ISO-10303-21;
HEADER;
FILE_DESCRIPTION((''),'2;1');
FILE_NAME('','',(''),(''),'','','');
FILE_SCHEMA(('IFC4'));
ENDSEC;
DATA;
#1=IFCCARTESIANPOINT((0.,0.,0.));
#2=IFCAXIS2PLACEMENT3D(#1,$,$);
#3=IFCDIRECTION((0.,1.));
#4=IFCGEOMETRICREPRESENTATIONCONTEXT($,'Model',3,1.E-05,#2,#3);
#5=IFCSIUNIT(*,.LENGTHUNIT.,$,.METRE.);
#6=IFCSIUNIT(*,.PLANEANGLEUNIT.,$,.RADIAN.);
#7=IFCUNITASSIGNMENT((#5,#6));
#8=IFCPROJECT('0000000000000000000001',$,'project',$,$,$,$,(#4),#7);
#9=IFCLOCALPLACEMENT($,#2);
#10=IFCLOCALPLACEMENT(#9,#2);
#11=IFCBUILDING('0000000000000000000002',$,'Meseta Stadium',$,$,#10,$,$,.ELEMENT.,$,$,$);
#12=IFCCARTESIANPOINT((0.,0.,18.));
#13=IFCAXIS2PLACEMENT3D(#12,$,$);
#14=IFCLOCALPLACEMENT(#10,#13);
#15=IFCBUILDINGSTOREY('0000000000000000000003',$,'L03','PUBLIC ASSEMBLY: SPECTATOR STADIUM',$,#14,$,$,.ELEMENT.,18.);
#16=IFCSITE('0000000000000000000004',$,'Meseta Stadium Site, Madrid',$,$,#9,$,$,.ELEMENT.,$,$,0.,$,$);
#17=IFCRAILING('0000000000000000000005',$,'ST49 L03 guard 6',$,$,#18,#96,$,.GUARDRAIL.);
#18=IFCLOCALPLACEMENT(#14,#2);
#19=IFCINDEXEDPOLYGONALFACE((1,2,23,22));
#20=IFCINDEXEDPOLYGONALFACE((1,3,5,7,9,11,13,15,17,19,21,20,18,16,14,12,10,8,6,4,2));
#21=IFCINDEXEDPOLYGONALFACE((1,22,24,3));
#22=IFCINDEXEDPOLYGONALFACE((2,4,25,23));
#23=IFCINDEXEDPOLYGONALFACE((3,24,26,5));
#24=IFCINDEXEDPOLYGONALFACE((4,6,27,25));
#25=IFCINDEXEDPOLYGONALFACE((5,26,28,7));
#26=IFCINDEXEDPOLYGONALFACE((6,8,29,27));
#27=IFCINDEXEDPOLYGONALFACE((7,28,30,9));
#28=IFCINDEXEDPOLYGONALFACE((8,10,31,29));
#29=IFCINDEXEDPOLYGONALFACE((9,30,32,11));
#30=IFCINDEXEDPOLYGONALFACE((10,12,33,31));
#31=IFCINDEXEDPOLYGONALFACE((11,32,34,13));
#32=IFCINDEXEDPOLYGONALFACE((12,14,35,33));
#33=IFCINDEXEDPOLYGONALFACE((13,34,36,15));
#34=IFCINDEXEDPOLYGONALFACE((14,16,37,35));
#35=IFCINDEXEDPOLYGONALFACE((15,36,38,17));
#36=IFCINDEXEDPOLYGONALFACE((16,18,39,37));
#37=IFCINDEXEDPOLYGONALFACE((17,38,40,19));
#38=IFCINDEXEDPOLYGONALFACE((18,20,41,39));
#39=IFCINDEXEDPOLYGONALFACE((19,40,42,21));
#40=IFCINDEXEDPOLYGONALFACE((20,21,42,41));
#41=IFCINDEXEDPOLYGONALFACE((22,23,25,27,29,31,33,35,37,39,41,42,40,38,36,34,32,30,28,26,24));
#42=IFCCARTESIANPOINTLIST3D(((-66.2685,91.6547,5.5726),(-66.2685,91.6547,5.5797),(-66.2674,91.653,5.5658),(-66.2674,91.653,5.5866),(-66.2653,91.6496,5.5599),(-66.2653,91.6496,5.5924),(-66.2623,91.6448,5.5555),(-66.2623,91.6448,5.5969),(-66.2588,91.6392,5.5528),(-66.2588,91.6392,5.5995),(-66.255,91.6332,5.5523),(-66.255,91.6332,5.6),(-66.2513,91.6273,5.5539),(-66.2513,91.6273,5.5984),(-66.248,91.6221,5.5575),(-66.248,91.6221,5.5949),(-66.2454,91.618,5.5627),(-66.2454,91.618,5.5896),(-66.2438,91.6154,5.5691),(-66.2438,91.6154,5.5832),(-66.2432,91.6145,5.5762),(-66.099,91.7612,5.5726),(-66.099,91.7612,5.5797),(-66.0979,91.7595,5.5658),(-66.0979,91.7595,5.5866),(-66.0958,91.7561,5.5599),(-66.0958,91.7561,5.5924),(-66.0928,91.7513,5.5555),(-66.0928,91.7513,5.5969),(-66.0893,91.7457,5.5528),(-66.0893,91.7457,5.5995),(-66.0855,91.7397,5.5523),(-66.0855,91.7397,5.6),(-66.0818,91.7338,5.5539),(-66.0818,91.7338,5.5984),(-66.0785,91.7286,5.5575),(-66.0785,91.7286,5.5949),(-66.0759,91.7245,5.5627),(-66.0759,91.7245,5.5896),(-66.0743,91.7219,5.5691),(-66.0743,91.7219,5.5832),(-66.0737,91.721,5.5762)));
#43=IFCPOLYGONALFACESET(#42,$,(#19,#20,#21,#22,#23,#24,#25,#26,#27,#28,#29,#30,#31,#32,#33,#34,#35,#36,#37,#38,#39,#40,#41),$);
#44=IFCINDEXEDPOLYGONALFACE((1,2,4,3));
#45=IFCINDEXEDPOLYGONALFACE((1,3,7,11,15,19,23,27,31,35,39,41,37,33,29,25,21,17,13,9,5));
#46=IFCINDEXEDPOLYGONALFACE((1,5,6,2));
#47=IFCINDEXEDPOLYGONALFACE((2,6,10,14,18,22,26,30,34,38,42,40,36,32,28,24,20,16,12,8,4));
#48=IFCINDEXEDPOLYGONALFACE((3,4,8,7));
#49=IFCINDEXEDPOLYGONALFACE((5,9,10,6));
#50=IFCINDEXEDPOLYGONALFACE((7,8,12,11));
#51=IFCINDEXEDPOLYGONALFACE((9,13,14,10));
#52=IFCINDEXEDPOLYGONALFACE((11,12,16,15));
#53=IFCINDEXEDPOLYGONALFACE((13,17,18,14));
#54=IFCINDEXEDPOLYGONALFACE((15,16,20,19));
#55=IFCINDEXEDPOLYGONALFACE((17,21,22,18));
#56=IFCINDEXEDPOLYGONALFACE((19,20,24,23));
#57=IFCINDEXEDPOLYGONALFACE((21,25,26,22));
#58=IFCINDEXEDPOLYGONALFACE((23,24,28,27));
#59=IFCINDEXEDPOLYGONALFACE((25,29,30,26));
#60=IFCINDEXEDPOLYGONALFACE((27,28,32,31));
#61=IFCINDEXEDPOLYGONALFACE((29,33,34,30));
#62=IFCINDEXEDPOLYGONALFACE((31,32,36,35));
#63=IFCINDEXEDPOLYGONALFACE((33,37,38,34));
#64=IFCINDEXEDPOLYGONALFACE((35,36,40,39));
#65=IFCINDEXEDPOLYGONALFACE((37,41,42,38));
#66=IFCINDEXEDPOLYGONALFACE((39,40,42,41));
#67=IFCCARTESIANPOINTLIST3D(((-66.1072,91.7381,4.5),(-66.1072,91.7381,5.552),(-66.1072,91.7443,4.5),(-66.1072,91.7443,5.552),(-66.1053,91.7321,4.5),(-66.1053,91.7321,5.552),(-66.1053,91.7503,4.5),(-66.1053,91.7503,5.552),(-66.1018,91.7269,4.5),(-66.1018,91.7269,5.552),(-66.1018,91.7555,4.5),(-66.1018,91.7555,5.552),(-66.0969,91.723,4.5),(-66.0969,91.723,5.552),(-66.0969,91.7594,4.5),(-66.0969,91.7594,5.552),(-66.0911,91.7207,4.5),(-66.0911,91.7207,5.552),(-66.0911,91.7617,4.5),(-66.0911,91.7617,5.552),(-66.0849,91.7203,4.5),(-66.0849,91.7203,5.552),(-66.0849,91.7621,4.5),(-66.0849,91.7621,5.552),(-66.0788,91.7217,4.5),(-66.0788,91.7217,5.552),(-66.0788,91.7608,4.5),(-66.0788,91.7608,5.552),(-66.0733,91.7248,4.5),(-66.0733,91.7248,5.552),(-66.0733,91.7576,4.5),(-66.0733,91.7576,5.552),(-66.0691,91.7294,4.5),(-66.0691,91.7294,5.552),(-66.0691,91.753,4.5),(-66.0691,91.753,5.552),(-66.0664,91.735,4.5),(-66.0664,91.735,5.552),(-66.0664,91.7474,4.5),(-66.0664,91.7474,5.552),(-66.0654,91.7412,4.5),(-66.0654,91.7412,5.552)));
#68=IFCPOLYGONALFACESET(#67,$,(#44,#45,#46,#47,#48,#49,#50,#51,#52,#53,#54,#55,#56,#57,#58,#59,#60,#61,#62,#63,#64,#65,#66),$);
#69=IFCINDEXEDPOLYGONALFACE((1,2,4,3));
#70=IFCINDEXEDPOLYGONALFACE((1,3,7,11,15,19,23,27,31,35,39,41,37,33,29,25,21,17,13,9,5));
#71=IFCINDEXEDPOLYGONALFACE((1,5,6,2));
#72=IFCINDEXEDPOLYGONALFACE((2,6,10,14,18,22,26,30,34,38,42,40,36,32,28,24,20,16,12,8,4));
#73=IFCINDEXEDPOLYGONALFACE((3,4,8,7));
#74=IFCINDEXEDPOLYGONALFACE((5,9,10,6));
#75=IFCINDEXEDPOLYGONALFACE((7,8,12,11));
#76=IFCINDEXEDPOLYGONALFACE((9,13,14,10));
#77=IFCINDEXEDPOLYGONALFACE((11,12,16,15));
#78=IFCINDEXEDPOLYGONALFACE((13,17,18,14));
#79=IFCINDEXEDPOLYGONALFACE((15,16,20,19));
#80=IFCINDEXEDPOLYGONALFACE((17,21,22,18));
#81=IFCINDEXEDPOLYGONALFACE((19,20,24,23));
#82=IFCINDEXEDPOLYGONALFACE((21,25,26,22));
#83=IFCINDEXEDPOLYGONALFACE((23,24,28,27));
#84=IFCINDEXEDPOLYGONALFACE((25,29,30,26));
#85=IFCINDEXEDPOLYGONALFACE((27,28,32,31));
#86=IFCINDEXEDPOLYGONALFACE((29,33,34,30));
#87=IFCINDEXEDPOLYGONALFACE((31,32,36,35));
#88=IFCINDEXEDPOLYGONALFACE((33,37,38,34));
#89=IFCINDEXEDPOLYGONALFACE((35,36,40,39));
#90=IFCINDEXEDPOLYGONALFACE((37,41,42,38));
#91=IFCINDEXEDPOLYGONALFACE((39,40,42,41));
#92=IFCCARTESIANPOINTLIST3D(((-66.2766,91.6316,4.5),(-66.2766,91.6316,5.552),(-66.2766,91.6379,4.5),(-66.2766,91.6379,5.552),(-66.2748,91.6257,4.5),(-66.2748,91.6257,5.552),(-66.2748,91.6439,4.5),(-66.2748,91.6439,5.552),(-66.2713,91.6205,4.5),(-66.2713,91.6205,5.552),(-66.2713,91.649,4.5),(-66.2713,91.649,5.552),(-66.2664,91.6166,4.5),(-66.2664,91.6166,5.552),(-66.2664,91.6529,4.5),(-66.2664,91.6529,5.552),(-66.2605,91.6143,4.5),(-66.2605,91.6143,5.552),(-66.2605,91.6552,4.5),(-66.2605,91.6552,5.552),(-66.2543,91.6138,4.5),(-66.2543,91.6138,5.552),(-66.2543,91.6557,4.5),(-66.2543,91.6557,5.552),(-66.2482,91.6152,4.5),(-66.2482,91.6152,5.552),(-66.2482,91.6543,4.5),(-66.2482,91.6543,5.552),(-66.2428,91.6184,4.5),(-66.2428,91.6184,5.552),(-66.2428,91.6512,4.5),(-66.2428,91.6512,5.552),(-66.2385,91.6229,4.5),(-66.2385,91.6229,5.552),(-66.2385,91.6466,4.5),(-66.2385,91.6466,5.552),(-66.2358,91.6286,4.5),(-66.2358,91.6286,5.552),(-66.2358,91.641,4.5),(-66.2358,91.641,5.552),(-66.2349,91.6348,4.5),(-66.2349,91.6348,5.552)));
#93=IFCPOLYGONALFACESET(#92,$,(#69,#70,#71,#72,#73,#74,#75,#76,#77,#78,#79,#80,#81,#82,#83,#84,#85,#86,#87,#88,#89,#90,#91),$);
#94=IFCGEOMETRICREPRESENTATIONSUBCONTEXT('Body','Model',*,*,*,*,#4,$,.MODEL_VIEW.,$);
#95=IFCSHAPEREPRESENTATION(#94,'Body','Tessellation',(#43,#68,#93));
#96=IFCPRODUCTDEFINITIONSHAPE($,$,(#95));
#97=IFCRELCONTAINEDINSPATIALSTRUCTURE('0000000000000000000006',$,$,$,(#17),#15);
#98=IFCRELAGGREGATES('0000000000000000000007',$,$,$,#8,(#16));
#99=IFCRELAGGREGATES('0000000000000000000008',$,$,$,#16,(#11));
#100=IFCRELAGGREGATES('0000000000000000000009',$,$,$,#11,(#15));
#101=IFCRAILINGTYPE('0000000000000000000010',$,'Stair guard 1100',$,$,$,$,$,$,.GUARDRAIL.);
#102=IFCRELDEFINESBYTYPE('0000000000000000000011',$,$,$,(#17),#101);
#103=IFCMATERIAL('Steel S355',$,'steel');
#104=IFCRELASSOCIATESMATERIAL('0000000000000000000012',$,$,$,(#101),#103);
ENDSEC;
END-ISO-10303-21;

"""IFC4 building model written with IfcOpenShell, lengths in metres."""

from ifc_helpers import new_model, si_unit, direction, frame, origin, origin_2d, place, context, subcontext, project, spatial, circle, extrude, material, type_object, element, save


model = new_model("IFC4")

# Units and contexts
model_context = context("Model", 3, precision=1e-05, world=origin(), true_north=direction((0.0, 1.0)))
body_context = subcontext(model_context, "Body", "Model", "MODEL_VIEW")
ifc_project = project(units=[si_unit("LENGTHUNIT", "METRE"), si_unit("PLANEANGLEUNIT", "RADIAN")], contexts=[model_context])

# Site, building, storey
site_placement = place(None, origin())
site = spatial("IfcSite", under=ifc_project, at=site_placement, Name="Meseta Stadium Site, Madrid", CompositionType="ELEMENT", RefElevation=0.0)
building_placement = place(site_placement, origin())
building = spatial("IfcBuilding", under=site, at=building_placement, Name="Meseta Stadium", CompositionType="ELEMENT")
storey_placement = place(building_placement, frame((0.0, 0.0, 18.0)))
storey = spatial("IfcBuildingStorey", under=building, at=storey_placement, Name="L03", Description="PUBLIC ASSEMBLY: SPECTATOR STADIUM", CompositionType="ELEMENT", Elevation=18.0)

# Railing
ifc_material_1 = material(Name="Steel S355", Category="steel")
railing_type_1 = type_object("IfcRailingType", Name="Stair guard 1100", PredefinedType="GUARDRAIL", material=ifc_material_1)
railing_1_placement = place(storey_placement, frame((-66.0864, 91.7412, 4.5)))
element("IfcRailing", 1, at=railing_1_placement, inside=storey, type_object=railing_type_1, Name="ST49 L03 guard 6", PredefinedType="GUARDRAIL", context=body_context, shape_type="SweptSolid", body=[
    extrude(circle(Radius=0.0239, at=origin_2d()), frame((0.0, 0.0, 1.0762), z_axis=(-0.846762, -0.531972, 0.0), x_axis=(0.531972, -0.846762, 0.0)), (0.0, 0.0, 1.0), 0.2002),
    extrude(circle(Radius=0.021, at=origin_2d()), origin(), (0.0, 0.0, 1.0), 1.052),
    extrude(circle(Radius=0.021, at=origin_2d()), frame((-0.1694, -0.1064, 0.0)), (0.0, 0.0, 1.0), 1.052),
])

save(model, "model.ifc")
